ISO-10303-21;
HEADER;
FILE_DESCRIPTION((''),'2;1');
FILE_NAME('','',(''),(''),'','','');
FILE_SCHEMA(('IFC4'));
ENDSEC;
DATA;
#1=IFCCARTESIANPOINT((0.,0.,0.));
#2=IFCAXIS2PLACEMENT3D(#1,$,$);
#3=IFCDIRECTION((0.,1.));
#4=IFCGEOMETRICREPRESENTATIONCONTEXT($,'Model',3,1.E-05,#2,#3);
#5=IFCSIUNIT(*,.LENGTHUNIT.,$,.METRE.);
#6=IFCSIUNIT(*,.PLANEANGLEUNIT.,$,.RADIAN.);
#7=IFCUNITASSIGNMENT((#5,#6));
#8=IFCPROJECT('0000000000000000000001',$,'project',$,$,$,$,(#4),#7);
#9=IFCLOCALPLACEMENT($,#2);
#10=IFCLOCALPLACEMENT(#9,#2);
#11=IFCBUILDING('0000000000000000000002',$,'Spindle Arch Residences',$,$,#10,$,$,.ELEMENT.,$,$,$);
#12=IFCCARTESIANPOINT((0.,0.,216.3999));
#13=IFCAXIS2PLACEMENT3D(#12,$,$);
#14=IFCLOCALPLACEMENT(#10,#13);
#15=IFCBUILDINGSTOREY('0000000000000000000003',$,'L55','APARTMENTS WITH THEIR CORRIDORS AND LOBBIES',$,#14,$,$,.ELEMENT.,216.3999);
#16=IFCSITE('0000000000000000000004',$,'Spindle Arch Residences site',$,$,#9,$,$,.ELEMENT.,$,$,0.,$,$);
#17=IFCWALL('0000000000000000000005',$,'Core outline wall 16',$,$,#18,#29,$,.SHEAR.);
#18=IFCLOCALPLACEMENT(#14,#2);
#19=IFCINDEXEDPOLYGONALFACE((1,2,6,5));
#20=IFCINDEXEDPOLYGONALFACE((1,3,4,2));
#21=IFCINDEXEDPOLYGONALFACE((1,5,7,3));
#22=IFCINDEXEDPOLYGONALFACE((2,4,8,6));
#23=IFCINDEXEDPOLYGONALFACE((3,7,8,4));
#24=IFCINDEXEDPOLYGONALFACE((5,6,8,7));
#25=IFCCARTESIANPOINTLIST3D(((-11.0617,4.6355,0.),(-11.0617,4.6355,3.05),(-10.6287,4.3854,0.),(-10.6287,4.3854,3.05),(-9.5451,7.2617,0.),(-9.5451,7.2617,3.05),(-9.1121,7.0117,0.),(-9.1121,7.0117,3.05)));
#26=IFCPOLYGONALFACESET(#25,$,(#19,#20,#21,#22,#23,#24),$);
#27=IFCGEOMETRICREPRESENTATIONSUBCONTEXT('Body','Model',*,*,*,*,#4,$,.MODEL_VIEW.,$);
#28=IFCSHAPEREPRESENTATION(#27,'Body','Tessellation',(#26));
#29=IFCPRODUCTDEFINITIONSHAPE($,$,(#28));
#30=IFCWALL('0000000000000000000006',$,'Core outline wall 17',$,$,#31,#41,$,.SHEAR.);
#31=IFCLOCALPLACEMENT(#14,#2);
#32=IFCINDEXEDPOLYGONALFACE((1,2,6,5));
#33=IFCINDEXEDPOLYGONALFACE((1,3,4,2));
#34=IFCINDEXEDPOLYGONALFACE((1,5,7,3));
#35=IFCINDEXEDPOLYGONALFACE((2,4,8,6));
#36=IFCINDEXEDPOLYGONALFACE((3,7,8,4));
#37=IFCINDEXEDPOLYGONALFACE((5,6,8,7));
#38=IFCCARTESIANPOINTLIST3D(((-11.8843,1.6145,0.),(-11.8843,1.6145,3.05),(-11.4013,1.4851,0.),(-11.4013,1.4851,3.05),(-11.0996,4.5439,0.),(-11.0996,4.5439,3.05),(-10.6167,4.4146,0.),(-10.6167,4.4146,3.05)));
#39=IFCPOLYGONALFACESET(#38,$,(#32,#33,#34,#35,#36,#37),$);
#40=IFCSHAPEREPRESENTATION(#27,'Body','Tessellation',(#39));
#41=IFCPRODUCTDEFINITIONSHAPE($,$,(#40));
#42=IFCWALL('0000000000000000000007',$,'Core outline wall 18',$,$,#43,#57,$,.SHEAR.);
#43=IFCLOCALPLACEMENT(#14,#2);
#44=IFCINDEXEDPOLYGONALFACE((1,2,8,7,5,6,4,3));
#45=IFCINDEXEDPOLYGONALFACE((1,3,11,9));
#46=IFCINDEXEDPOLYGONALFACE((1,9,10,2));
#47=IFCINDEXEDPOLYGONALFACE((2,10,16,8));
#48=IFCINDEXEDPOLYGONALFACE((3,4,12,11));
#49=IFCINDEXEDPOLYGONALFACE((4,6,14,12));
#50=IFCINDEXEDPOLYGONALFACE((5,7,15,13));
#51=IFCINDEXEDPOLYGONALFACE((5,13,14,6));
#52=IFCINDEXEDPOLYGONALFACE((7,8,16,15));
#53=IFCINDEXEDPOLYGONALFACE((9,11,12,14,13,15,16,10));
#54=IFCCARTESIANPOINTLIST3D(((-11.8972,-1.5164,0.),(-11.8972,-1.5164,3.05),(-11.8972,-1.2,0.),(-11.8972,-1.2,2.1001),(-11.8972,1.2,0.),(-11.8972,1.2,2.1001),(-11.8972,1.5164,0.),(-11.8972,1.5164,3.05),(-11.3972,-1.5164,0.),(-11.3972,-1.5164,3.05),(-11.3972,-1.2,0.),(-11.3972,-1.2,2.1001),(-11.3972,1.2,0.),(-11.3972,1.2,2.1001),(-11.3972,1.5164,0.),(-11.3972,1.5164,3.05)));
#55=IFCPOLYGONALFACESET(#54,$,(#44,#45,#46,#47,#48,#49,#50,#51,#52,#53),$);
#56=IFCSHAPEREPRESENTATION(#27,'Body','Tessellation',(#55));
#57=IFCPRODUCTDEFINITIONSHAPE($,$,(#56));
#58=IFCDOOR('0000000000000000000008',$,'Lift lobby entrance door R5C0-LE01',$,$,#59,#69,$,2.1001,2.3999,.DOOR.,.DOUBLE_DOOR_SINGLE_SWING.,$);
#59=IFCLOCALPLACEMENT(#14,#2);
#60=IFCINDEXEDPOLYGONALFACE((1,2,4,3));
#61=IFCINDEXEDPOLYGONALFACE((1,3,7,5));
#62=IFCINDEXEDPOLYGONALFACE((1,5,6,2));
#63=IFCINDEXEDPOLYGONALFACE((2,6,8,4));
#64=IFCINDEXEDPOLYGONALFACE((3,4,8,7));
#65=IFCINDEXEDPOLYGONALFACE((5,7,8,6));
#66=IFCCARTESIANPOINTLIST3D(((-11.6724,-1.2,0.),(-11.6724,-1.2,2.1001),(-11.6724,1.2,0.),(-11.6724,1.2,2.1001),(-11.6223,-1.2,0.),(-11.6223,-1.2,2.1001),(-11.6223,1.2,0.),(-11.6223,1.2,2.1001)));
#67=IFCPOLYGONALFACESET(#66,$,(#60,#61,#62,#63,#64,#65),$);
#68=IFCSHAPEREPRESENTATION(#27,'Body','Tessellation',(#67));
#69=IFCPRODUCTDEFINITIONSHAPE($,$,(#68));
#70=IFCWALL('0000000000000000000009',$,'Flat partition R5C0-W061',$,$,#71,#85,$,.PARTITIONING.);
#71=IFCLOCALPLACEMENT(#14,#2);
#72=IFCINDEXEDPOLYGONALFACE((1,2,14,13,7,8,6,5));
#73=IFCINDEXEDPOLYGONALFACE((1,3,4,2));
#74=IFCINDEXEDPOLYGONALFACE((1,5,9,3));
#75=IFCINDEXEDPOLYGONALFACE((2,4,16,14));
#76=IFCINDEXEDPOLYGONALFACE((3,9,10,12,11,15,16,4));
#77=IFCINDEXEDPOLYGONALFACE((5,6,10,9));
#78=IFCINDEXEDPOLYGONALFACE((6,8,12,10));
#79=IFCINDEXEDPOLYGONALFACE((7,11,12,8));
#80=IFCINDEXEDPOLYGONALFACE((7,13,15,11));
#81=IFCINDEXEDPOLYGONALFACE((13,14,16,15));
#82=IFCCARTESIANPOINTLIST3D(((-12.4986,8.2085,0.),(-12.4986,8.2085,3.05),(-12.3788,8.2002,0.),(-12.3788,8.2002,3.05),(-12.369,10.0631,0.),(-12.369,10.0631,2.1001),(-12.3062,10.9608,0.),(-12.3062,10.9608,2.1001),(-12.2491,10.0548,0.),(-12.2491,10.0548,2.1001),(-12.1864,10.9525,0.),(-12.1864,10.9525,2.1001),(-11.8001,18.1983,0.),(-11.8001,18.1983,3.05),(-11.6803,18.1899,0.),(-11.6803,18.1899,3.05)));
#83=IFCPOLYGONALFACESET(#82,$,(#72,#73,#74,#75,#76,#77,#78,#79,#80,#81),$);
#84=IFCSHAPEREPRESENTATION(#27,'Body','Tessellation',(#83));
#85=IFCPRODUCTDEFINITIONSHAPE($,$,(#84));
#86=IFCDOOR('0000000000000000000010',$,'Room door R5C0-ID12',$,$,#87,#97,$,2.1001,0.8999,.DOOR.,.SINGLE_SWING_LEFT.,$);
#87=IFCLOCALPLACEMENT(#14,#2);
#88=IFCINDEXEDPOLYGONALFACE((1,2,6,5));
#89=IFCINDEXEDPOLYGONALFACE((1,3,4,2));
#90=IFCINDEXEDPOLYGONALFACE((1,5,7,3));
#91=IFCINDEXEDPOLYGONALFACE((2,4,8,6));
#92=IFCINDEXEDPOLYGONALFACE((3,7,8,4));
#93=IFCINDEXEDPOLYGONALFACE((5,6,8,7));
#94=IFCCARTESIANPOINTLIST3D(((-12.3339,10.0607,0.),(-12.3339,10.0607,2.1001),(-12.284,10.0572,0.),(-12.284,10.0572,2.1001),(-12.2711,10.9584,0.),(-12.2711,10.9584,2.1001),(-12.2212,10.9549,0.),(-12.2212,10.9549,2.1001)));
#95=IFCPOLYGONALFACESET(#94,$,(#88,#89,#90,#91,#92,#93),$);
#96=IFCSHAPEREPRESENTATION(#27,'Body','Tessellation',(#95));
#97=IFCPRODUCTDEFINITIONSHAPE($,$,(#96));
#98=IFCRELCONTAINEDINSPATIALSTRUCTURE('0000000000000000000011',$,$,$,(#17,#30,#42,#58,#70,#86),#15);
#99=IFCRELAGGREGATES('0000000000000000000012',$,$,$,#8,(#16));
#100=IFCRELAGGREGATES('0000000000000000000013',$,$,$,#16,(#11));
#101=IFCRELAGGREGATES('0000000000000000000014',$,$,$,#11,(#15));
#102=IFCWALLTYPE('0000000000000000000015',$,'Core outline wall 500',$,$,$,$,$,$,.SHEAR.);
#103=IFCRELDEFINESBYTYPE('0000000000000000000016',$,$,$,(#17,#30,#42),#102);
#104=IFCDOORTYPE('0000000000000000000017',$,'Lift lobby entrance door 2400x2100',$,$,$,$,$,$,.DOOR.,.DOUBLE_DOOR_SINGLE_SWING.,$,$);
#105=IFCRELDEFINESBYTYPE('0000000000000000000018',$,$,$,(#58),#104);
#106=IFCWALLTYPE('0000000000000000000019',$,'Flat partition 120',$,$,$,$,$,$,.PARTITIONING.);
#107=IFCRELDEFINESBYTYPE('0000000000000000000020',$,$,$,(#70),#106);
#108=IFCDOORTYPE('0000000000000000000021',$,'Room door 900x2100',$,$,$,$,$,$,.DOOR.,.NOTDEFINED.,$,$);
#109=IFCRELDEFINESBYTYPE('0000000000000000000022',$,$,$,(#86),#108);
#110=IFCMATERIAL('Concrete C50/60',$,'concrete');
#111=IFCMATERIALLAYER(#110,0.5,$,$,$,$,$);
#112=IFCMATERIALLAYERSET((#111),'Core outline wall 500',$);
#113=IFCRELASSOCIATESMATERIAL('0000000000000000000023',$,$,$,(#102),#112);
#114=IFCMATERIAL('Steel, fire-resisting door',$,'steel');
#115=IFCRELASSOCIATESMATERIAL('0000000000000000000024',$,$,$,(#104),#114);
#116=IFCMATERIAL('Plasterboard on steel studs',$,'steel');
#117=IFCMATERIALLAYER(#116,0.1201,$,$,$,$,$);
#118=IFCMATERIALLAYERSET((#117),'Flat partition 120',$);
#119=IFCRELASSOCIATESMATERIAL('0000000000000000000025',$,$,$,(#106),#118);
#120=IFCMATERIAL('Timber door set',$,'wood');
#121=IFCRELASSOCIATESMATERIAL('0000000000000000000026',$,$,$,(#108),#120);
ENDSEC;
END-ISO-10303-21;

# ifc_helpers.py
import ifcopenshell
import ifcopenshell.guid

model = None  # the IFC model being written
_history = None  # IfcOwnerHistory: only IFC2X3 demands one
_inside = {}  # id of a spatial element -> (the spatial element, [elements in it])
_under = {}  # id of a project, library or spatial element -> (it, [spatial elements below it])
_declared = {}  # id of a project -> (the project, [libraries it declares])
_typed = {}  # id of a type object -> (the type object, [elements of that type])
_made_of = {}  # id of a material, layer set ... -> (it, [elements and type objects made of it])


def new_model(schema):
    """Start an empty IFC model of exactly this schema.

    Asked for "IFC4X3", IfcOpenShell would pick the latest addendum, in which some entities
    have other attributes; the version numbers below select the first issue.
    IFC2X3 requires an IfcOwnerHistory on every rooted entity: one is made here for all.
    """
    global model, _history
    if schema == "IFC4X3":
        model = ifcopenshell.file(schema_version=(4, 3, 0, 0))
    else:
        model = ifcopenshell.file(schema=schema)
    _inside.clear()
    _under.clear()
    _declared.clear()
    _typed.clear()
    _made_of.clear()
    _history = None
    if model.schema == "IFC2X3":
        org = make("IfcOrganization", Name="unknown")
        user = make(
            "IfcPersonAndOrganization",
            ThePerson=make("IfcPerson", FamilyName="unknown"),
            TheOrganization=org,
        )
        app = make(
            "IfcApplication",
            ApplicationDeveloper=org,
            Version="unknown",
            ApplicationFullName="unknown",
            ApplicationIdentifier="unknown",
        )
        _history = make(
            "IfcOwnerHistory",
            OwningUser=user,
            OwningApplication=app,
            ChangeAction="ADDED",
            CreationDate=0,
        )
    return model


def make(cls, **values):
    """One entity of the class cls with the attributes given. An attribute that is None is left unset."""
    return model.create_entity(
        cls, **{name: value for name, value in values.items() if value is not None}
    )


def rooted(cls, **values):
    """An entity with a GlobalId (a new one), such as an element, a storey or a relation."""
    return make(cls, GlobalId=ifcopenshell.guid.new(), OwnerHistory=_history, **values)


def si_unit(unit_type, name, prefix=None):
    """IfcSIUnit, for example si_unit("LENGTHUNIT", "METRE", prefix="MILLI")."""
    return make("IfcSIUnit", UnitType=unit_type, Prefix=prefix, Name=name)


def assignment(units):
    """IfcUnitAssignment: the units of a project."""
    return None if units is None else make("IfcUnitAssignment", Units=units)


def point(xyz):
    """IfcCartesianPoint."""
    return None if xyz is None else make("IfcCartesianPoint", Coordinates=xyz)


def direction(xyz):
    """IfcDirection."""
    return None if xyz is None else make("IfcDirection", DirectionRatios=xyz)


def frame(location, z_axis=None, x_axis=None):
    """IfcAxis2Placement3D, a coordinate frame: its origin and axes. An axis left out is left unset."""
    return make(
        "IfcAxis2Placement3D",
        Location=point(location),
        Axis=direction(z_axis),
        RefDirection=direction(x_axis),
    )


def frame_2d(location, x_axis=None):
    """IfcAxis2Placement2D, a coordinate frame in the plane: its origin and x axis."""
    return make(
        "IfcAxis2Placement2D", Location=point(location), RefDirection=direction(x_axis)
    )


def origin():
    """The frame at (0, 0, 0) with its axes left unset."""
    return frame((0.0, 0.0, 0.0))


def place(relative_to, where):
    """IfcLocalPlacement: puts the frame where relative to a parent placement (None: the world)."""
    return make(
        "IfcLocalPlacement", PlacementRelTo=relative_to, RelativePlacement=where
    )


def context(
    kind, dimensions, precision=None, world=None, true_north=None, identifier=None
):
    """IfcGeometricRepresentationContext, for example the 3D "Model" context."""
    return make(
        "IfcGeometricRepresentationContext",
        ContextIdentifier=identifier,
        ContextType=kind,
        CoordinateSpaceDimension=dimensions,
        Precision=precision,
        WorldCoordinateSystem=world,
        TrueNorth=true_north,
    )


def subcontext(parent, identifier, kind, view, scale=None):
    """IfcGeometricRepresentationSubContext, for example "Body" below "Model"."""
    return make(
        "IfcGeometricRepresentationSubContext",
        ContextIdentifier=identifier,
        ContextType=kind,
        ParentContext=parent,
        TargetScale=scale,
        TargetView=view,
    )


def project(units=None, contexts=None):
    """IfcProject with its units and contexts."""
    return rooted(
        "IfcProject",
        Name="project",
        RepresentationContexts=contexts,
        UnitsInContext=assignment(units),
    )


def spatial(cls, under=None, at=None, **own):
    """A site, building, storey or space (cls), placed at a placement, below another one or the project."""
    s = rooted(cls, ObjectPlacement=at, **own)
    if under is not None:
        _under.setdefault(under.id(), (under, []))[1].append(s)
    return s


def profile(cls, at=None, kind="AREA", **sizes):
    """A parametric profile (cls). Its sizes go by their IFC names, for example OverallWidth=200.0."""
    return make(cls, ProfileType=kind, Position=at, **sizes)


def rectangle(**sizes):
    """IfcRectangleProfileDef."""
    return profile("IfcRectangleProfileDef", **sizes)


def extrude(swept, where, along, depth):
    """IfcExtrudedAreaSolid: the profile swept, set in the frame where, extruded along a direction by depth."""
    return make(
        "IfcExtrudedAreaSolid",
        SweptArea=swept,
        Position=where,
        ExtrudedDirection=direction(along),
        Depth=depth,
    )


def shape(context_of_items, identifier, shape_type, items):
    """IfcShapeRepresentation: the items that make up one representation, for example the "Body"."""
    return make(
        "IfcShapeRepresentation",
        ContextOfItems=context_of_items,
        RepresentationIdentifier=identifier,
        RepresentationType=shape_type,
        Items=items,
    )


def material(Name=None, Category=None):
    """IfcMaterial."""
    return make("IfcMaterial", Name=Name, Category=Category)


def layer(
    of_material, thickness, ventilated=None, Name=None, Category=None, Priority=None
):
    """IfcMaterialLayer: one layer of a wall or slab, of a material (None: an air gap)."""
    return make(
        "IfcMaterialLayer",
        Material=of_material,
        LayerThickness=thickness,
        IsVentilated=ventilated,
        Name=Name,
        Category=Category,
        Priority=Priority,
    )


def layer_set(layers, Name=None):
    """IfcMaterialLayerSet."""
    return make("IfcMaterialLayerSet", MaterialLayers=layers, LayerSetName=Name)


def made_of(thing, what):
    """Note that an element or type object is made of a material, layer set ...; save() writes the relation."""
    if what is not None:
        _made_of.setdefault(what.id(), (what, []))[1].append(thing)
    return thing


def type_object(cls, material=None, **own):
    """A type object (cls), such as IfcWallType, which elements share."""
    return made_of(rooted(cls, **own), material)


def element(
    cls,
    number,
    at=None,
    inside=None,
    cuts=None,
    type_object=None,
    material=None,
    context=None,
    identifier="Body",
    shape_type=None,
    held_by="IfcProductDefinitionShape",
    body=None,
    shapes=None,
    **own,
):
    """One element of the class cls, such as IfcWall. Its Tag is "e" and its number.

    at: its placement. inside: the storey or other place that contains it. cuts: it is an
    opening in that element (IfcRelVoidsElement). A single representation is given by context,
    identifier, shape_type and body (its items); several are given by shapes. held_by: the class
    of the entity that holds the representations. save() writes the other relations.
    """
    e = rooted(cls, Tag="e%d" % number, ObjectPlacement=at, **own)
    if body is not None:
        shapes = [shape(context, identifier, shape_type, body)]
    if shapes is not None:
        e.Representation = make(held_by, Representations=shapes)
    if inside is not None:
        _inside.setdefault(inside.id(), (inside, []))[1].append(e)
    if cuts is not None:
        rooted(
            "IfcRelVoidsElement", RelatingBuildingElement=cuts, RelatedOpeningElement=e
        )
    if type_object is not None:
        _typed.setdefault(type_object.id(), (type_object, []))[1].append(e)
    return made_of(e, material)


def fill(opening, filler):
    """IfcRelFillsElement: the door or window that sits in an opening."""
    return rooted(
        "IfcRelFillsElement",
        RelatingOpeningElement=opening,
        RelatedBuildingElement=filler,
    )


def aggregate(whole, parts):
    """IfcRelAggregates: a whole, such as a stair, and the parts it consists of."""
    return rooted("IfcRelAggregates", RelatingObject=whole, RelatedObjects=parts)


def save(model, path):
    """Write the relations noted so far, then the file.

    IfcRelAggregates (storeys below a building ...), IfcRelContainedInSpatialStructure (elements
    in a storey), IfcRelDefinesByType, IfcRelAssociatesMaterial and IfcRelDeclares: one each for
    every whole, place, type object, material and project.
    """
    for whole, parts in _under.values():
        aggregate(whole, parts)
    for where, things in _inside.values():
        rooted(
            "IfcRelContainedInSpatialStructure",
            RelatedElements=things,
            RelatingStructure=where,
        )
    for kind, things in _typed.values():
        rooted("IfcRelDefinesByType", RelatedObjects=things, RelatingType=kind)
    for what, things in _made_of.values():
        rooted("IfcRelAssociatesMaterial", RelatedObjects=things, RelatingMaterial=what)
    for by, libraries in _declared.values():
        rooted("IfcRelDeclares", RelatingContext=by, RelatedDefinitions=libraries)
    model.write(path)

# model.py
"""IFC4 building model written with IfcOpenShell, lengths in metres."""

from ifc_helpers import new_model, si_unit, direction, frame, frame_2d, origin, place, context, subcontext, project, spatial, rectangle, extrude, material, layer, layer_set, type_object, element, fill, save


model = new_model("IFC4")

# Units and contexts
model_context = context("Model", 3, precision=1e-05, world=origin(), true_north=direction((0.0, 1.0)))
body_context = subcontext(model_context, "Body", "Model", "MODEL_VIEW")
ifc_project = project(units=[si_unit("LENGTHUNIT", "METRE"), si_unit("PLANEANGLEUNIT", "RADIAN")], contexts=[model_context])

# Site, building, storey
site_placement = place(None, origin())
site = spatial("IfcSite", under=ifc_project, at=site_placement, Name="Spindle Arch Residences site", CompositionType="ELEMENT", RefElevation=0.0)
building_placement = place(site_placement, origin())
building = spatial("IfcBuilding", under=site, at=building_placement, Name="Spindle Arch Residences", CompositionType="ELEMENT")
storey_placement = place(building_placement, frame((0.0, 0.0, 216.3999)))
storey = spatial("IfcBuildingStorey", under=building, at=storey_placement, Name="L55", Description="APARTMENTS WITH THEIR CORRIDORS AND LOBBIES", CompositionType="ELEMENT", Elevation=216.3999)

# Walls
ifc_material_1 = material(Name="Concrete C50/60", Category="concrete")
ifc_layer_1 = layer(ifc_material_1, 0.5)
ifc_layer_set_1 = layer_set([ifc_layer_1], Name="Core outline wall 500")
wall_type_1 = type_object("IfcWallType", Name="Core outline wall 500", PredefinedType="SHEAR", material=ifc_layer_set_1)
for number, where, z_axis, x_axis, name in (
    (1, (-9.3286, 7.1367, 0.0), (0.0, 0.0, 1.0), (-0.500087, -0.865975, 0.0), "Core outline wall 16"),
    (2, (-10.8582, 4.4792, 0.0), (0.0, 0.0, 1.0), (-0.258735, -0.965948, 0.0), "Core outline wall 17"),
):
    element("IfcWall", number, at=place(storey_placement, frame(where, z_axis=z_axis, x_axis=x_axis)), inside=storey, type_object=wall_type_1, Name=name, PredefinedType="SHEAR", context=body_context, shape_type="SweptSolid", body=[
        extrude(rectangle(XDim=3.0327, YDim=0.5, at=frame_2d((1.5164, 0.0))), origin(), (0.0, 0.0, 1.0), 3.05),
    ])

# Walls, openings, doors
wall_1_placement = place(storey_placement, frame((-11.6472, 1.5164, 0.0), z_axis=(0.0, 0.0, 1.0), x_axis=(0.0, -1.0, 0.0)))
wall_1 = element("IfcWall", 3, at=wall_1_placement, inside=storey, type_object=wall_type_1, Name="Core outline wall 18", PredefinedType="SHEAR", context=body_context, shape_type="SweptSolid", body=[
    extrude(rectangle(XDim=3.0327, YDim=0.5, at=frame_2d((1.5164, 0.0))), origin(), (0.0, 0.0, 1.0), 3.05),
])
opening_1_placement = place(wall_1_placement, frame((0.3164, 0.0, 0.0)))
opening_1 = element("IfcOpeningElement", 4, at=opening_1_placement, cuts=wall_1, PredefinedType="OPENING", context=body_context, shape_type="SweptSolid", body=[
    extrude(rectangle(XDim=2.3999, YDim=2.1001, at=frame_2d((1.2, 1.05))), frame((0.0, 0.26, 0.0), z_axis=(0.0, -1.0, 0.0), x_axis=(1.0, 0.0, 0.0)), (0.0, 0.0, 1.0), 0.52),
])
ifc_material_2 = material(Name="Steel, fire-resisting door", Category="steel")
door_type_1 = type_object("IfcDoorType", Name="Lift lobby entrance door 2400x2100", OperationType="DOUBLE_DOOR_SINGLE_SWING", PredefinedType="DOOR", material=ifc_material_2)
door_1_placement = place(opening_1_placement, origin())
door_1 = element("IfcDoor", 5, at=door_1_placement, inside=storey, type_object=door_type_1, Name="Lift lobby entrance door R5C0-LE01", OperationType="DOUBLE_DOOR_SINGLE_SWING", OverallHeight=2.1001, OverallWidth=2.3999, PredefinedType="DOOR", context=body_context, shape_type="SweptSolid", body=[
    extrude(rectangle(XDim=2.3999, YDim=2.1001, at=frame_2d((1.2, 1.05))), frame((0.0, 0.0249, 0.0), z_axis=(0.0, -1.0, 0.0), x_axis=(1.0, 0.0, 0.0)), (0.0, 0.0, 1.0), 0.05),
])
fill(opening_1, door_1)
ifc_material_3 = material(Name="Plasterboard on steel studs", Category="steel")
ifc_layer_2 = layer(ifc_material_3, 0.1201)
ifc_layer_set_2 = layer_set([ifc_layer_2], Name="Flat partition 120")
wall_type_2 = type_object("IfcWallType", Name="Flat partition 120", PredefinedType="PARTITIONING", material=ifc_layer_set_2)
wall_2_placement = place(storey_placement, frame((-12.4387, 8.2043, 0.0), z_axis=(0.0, 0.0, 1.0), x_axis=(0.06975, 0.997565, 0.0)))
wall_2 = element("IfcWall", 6, at=wall_2_placement, inside=storey, type_object=wall_type_2, Name="Flat partition R5C0-W061", PredefinedType="PARTITIONING", context=body_context, shape_type="SweptSolid", body=[
    extrude(rectangle(XDim=10.0142, YDim=0.1201, at=frame_2d((5.0071, 0.0))), origin(), (0.0, 0.0, 1.0), 3.05),
])
opening_2_placement = place(wall_2_placement, frame((1.8591, 0.0, 0.0)))
opening_2 = element("IfcOpeningElement", 7, at=opening_2_placement, cuts=wall_2, PredefinedType="OPENING", context=body_context, shape_type="SweptSolid", body=[
    extrude(rectangle(XDim=0.8999, YDim=2.1001, at=frame_2d((0.45, 1.05))), frame((0.0, 0.0701, 0.0), z_axis=(0.0, -1.0, 0.0), x_axis=(1.0, 0.0, 0.0)), (0.0, 0.0, 1.0), 0.1401),
])
ifc_material_4 = material(Name="Timber door set", Category="wood")
door_type_2 = type_object("IfcDoorType", Name="Room door 900x2100", OperationType="NOTDEFINED", PredefinedType="DOOR", material=ifc_material_4)
door_2_placement = place(opening_2_placement, origin())
door_2 = element("IfcDoor", 8, at=door_2_placement, inside=storey, type_object=door_type_2, Name="Room door R5C0-ID12", OperationType="SINGLE_SWING_LEFT", OverallHeight=2.1001, OverallWidth=0.8999, PredefinedType="DOOR", context=body_context, shape_type="SweptSolid", body=[
    extrude(rectangle(XDim=0.8999, YDim=2.1001, at=frame_2d((0.45, 1.05))), frame((0.0, 0.0249, 0.0), z_axis=(0.0, -1.0, 0.0), x_axis=(1.0, 0.0, 0.0)), (0.0, 0.0, 1.0), 0.05),
])
fill(opening_2, door_2)

save(model, "model.ifc")
